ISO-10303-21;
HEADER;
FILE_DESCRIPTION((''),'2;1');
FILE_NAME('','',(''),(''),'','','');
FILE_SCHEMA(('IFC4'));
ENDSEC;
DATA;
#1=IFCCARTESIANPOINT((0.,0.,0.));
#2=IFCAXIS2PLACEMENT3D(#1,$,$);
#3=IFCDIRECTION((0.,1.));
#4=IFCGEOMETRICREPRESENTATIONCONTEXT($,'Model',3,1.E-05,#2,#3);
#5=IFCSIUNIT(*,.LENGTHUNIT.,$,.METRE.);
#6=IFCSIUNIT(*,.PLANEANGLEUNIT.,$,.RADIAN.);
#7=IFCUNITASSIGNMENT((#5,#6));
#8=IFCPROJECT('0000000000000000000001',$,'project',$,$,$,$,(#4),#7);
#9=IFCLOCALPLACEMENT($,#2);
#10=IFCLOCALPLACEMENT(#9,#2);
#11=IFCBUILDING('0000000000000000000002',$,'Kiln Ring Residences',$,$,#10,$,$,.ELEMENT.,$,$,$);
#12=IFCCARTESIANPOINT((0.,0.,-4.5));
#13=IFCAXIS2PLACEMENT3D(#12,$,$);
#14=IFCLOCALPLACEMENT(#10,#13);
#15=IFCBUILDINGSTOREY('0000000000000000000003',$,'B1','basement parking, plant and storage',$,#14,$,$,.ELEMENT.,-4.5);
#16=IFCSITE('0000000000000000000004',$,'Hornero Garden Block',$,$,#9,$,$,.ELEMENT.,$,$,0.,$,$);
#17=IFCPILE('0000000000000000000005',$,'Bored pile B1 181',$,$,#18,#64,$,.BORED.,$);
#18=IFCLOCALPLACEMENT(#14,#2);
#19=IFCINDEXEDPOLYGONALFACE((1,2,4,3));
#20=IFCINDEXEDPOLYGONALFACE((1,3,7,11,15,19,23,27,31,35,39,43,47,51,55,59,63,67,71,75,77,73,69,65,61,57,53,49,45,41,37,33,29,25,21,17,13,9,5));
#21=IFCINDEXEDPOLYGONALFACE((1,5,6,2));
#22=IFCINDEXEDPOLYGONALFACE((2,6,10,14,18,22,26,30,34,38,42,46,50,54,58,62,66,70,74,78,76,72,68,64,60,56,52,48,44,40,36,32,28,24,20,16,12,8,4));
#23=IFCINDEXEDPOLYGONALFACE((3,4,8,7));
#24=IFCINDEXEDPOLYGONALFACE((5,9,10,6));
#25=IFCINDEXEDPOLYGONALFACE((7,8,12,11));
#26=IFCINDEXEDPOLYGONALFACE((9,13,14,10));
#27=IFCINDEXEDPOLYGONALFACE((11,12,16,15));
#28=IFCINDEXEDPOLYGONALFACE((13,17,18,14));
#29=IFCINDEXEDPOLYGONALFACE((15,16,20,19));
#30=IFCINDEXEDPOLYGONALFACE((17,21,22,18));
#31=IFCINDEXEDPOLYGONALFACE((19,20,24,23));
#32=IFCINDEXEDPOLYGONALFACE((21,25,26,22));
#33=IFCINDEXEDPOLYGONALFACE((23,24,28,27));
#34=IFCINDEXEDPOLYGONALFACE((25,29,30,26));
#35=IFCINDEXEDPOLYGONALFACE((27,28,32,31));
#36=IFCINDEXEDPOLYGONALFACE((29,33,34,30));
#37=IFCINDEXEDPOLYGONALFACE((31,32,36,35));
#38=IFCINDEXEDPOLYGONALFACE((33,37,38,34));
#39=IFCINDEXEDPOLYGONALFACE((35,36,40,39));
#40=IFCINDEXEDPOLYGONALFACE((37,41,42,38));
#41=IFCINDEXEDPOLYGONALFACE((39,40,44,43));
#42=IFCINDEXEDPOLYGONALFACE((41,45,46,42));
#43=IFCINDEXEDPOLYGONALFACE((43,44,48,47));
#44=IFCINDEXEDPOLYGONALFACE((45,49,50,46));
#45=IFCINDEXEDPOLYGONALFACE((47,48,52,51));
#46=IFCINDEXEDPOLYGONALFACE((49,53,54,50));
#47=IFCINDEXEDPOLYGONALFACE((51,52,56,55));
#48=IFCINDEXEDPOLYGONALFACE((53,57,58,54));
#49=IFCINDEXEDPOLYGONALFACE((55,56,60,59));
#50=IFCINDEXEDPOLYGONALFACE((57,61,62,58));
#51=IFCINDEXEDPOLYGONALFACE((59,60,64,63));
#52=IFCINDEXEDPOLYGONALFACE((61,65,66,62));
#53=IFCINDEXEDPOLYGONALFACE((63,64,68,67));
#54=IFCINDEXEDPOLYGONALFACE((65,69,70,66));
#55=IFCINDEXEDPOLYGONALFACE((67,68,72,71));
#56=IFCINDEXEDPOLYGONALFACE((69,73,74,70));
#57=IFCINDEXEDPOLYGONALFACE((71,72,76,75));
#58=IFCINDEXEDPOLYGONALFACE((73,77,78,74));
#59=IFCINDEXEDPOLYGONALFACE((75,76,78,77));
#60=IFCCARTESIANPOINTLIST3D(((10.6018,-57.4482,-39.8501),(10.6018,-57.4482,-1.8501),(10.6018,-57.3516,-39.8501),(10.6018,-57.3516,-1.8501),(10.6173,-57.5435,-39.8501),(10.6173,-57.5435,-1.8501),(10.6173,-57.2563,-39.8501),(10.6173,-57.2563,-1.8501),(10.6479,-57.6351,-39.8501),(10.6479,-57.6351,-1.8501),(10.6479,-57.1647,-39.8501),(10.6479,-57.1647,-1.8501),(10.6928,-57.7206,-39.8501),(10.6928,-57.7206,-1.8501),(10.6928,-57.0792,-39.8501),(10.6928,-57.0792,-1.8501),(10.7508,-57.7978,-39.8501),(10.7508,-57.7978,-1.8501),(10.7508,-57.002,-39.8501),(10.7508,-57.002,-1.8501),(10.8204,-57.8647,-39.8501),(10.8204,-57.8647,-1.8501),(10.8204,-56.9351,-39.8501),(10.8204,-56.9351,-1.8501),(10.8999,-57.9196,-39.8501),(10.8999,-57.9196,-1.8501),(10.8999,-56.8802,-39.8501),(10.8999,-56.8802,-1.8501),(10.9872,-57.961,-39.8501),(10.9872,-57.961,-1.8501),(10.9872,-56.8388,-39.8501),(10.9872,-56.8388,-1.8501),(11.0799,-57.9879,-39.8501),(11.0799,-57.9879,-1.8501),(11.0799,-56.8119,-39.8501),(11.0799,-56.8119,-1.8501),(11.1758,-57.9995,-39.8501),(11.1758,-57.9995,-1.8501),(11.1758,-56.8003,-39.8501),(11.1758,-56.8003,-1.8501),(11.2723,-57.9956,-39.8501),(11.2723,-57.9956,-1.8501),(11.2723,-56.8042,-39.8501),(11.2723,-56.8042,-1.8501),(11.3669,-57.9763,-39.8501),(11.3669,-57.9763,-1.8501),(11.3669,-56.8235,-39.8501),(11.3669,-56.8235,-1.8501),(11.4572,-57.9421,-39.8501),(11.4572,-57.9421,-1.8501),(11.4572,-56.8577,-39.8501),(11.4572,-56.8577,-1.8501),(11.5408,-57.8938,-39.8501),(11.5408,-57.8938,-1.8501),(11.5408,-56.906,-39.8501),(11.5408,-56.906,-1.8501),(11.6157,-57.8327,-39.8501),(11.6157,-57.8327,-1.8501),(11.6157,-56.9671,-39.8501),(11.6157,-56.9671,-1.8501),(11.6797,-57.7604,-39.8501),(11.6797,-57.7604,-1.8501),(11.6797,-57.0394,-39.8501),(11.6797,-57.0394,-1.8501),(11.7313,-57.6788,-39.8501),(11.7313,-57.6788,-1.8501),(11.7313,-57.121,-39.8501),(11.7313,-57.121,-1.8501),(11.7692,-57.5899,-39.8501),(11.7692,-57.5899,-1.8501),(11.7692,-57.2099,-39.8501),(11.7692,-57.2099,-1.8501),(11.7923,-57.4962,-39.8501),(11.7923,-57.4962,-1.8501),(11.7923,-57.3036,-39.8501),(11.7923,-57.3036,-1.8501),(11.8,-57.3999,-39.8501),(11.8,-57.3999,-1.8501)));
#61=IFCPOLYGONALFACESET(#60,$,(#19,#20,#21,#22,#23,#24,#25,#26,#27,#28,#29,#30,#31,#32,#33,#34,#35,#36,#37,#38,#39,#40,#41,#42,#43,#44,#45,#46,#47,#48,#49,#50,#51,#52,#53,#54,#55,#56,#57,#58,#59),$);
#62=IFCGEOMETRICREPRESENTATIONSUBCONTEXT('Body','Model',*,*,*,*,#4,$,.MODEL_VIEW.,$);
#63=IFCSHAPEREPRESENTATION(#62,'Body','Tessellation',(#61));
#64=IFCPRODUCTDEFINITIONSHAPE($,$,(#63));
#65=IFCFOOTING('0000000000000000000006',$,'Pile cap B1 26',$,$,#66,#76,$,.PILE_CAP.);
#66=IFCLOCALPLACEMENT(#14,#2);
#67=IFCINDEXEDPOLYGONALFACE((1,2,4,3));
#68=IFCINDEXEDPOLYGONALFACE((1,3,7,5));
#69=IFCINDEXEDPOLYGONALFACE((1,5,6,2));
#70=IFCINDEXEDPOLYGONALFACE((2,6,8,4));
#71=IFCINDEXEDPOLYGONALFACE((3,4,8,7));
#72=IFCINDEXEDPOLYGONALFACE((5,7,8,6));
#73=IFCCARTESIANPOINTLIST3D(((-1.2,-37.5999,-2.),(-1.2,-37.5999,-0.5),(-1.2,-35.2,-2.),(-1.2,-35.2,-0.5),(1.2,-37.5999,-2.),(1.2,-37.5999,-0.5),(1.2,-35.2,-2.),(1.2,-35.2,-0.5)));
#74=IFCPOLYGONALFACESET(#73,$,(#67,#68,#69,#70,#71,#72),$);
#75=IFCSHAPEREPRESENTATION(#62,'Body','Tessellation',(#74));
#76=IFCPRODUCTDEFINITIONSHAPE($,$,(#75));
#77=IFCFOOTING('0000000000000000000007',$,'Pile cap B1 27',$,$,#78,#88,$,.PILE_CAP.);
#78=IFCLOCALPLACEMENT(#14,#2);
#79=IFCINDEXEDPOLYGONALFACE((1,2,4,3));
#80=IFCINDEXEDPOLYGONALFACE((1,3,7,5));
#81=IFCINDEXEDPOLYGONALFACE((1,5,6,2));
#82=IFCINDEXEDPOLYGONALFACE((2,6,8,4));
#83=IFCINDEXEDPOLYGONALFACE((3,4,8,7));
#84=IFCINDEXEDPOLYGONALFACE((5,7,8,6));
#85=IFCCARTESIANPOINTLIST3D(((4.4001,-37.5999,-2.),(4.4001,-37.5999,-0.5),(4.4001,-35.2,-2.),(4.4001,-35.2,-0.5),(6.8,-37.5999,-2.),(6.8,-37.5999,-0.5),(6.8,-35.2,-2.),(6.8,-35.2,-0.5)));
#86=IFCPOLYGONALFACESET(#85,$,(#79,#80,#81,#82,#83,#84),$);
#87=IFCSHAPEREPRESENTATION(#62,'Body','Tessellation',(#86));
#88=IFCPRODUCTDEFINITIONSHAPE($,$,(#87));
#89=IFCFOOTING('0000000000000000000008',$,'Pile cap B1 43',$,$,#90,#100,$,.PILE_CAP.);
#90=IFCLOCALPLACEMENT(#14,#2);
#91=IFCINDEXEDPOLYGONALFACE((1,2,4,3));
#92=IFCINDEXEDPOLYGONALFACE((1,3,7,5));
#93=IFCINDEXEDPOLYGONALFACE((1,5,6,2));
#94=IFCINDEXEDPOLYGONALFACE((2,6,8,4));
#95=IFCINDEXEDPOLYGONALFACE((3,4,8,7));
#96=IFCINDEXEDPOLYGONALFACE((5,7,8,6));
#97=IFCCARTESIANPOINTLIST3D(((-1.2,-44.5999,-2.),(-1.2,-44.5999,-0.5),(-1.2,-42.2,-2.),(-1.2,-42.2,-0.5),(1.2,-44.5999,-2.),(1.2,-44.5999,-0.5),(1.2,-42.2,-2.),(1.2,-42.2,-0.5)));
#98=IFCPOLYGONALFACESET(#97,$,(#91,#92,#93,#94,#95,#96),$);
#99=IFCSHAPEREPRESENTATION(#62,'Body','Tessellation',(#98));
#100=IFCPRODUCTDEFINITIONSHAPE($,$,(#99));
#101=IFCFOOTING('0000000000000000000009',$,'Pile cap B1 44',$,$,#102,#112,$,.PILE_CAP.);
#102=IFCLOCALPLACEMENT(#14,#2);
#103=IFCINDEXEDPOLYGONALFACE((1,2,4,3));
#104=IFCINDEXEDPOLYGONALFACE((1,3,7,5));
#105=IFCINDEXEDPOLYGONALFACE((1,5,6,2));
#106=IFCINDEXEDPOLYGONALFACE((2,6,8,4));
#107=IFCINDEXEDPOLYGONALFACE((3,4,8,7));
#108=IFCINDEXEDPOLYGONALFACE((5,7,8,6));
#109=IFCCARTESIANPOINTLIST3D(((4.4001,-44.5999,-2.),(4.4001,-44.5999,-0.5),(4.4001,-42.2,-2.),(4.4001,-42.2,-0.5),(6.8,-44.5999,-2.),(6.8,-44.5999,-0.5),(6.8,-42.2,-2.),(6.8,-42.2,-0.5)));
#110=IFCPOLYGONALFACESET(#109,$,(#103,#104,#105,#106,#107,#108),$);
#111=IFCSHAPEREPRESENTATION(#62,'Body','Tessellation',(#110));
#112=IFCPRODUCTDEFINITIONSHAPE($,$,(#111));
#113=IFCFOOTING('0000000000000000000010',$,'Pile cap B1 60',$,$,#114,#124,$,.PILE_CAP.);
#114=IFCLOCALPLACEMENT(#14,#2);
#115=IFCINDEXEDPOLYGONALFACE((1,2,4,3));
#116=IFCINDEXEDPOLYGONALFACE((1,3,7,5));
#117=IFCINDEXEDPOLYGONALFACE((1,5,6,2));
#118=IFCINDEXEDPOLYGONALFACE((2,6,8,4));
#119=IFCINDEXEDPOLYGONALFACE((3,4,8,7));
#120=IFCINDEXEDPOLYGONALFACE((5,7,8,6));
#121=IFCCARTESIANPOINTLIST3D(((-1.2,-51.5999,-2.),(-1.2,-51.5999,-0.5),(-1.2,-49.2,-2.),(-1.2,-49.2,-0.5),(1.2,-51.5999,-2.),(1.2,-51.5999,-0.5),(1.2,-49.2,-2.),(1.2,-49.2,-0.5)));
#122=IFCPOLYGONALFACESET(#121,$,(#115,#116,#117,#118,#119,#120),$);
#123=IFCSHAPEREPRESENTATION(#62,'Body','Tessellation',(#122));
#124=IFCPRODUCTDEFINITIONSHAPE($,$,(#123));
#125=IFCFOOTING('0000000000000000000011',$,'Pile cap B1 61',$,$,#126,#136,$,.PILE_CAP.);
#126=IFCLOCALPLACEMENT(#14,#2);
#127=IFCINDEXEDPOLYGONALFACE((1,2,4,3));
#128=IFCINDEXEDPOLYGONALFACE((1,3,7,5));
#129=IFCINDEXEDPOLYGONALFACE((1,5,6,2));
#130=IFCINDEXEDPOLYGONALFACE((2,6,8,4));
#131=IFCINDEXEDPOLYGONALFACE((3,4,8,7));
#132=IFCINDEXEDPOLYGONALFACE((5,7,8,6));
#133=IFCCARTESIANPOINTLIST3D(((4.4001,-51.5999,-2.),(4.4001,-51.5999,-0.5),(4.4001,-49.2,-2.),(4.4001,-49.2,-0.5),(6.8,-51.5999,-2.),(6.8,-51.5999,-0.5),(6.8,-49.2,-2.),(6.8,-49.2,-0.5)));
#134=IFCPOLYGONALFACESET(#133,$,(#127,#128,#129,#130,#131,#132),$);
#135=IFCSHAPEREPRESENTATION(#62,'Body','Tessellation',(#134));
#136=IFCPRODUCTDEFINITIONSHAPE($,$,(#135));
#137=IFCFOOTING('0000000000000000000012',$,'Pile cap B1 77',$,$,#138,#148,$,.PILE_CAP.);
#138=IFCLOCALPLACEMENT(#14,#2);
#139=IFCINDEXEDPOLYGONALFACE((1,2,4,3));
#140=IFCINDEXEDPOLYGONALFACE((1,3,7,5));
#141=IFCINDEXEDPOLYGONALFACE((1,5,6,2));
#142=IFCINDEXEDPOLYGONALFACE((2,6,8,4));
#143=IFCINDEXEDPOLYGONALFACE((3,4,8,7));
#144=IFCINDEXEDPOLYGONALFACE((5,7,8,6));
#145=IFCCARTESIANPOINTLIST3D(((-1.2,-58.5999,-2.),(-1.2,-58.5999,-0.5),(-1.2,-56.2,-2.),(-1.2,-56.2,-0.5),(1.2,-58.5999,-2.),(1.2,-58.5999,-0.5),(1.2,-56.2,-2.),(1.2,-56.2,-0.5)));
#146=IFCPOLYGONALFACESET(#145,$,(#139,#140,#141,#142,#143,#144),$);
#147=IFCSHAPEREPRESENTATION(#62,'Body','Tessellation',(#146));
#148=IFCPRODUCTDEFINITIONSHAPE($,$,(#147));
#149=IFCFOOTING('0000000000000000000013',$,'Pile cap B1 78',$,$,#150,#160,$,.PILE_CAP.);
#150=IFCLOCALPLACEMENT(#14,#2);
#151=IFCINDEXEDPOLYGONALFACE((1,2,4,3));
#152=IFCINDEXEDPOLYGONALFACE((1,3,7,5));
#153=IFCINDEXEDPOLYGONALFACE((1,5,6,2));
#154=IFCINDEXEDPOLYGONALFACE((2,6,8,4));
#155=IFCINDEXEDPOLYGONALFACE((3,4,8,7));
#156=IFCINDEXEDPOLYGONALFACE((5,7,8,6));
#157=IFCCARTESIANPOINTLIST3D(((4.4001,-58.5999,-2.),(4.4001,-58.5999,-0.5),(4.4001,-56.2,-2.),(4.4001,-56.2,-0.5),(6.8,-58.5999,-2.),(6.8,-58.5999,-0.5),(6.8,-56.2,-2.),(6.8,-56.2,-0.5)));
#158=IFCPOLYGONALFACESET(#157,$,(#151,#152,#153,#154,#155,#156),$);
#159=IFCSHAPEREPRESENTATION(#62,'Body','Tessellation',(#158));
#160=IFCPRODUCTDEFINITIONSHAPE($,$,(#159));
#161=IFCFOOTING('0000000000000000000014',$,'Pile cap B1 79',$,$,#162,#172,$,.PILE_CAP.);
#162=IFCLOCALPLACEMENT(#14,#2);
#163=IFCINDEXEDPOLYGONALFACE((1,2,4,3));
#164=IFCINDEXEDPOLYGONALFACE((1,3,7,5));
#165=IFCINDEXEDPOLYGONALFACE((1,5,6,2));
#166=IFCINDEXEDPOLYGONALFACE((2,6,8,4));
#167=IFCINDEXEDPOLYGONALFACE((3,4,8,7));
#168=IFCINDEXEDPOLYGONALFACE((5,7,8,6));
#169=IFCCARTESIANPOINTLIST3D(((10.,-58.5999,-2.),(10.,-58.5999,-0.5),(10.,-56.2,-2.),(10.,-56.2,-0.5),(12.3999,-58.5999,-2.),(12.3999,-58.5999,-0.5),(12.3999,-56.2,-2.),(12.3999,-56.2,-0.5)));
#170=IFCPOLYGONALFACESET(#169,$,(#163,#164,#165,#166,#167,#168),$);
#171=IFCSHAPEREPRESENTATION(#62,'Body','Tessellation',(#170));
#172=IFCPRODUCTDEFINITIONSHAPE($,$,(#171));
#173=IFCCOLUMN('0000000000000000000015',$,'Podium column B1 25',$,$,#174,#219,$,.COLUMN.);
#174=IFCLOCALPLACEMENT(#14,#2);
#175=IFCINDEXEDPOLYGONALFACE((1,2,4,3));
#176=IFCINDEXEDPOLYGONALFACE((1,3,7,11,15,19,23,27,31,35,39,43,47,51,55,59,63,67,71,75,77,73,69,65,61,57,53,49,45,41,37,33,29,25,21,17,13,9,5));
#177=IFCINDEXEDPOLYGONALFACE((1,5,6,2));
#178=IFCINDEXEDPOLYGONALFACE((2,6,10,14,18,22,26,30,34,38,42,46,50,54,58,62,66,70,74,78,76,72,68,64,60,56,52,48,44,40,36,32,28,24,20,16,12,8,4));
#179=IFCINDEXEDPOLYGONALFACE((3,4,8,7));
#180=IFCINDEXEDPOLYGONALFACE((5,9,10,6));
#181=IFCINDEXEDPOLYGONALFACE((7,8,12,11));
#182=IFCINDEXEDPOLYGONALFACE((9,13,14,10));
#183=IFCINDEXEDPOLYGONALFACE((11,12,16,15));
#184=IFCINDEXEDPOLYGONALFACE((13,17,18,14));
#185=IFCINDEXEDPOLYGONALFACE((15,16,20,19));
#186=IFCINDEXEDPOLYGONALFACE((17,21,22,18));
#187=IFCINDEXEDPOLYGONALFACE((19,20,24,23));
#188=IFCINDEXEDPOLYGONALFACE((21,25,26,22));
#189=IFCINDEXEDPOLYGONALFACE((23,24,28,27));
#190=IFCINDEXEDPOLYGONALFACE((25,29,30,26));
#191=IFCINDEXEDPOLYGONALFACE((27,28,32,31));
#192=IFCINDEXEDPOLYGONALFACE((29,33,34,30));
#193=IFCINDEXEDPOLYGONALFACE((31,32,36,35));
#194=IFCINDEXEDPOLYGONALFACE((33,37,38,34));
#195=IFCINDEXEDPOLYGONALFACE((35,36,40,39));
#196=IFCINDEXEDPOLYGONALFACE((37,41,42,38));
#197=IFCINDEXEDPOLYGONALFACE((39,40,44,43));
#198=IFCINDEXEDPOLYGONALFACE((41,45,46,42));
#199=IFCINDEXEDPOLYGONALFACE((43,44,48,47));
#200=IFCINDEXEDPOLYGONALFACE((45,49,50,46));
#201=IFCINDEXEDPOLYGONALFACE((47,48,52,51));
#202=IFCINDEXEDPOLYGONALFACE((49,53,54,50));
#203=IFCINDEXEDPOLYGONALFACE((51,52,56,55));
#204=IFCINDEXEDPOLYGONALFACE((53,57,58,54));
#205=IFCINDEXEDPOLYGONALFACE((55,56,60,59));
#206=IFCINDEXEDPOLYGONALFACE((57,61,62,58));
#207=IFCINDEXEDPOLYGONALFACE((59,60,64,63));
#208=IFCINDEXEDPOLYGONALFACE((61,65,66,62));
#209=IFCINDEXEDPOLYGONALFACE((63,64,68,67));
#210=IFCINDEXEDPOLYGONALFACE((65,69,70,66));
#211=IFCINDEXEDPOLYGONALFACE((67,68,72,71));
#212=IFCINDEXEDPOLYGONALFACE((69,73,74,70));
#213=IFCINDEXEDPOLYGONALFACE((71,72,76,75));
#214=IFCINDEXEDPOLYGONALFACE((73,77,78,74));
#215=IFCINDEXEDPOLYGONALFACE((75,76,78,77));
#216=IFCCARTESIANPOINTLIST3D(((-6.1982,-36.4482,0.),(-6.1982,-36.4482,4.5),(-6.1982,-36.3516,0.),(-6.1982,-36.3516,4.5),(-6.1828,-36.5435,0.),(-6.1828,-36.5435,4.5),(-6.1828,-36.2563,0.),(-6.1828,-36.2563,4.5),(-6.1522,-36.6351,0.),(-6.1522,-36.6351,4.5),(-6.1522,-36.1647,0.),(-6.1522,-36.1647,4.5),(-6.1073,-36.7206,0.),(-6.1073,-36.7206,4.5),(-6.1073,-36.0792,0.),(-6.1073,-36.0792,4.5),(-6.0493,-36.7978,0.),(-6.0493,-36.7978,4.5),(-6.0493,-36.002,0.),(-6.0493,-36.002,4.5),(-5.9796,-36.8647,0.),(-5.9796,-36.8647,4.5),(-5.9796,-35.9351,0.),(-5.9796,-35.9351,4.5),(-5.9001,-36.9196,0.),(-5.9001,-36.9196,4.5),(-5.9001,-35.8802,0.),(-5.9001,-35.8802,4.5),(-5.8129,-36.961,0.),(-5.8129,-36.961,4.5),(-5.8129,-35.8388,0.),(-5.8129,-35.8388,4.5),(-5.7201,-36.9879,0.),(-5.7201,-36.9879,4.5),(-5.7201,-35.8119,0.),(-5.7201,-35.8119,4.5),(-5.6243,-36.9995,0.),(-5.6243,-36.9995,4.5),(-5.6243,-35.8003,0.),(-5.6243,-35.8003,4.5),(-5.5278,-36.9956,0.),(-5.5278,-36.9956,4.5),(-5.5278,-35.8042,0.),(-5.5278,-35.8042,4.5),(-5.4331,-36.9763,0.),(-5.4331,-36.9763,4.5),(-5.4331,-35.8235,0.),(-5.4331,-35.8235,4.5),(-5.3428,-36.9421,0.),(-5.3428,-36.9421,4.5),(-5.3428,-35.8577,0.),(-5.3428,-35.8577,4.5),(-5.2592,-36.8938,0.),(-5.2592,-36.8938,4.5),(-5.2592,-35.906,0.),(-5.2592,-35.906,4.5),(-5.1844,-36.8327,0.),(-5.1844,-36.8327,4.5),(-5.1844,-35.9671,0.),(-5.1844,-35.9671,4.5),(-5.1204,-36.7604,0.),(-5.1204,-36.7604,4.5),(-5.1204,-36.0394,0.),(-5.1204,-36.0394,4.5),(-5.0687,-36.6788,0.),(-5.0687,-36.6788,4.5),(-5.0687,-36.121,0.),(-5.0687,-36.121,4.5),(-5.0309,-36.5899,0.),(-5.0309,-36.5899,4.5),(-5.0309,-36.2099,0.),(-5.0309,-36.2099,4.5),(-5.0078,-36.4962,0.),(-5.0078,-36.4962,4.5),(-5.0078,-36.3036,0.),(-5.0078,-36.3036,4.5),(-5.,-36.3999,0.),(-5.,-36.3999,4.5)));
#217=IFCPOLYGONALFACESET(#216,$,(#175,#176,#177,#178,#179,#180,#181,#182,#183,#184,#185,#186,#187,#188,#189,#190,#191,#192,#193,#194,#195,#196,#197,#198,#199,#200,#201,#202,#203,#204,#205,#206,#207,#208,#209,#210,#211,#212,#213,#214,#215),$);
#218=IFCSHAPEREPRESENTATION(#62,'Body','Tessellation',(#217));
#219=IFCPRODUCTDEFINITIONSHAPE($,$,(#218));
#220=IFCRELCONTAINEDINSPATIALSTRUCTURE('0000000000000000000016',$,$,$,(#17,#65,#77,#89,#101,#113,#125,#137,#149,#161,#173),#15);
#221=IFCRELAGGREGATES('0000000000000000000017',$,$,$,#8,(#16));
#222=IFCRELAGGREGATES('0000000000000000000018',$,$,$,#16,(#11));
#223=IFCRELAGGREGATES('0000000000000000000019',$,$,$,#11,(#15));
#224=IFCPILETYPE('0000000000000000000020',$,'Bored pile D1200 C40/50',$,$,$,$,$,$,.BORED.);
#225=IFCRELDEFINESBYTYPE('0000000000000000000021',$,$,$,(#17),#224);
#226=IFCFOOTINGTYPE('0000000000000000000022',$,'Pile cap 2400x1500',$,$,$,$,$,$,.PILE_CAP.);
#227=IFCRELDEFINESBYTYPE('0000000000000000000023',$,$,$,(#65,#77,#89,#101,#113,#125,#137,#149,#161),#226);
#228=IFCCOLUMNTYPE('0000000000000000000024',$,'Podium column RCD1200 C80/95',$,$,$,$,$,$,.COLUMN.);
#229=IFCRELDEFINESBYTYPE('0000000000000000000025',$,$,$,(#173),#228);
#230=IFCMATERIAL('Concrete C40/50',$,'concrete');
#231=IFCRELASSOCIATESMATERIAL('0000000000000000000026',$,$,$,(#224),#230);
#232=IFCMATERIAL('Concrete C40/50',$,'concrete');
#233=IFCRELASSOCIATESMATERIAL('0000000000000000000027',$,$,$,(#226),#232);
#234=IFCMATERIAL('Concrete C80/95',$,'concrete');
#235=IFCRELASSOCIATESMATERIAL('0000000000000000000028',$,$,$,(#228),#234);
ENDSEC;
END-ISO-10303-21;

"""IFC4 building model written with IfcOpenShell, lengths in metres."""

from ifc_helpers import new_model, si_unit, direction, frame, origin, origin_2d, place, context, subcontext, project, spatial, rectangle, circle, extrude, material, material_profile, profile_set, type_object, element, save


model = new_model("IFC4")

# Units and contexts
model_context = context("Model", 3, precision=1e-05, world=origin(), true_north=direction((0.0, 1.0)))
body_context = subcontext(model_context, "Body", "Model", "MODEL_VIEW")
ifc_project = project(units=[si_unit("LENGTHUNIT", "METRE"), si_unit("PLANEANGLEUNIT", "RADIAN")], contexts=[model_context])

# Site, building, storey
site_placement = place(None, origin())
site = spatial("IfcSite", under=ifc_project, at=site_placement, Name="Hornero Garden Block", CompositionType="ELEMENT", RefElevation=0.0)
building_placement = place(site_placement, origin())
building = spatial("IfcBuilding", under=site, at=building_placement, Name="Kiln Ring Residences", CompositionType="ELEMENT")
storey_placement = place(building_placement, frame((0.0, 0.0, -4.5)))
storey = spatial("IfcBuildingStorey", under=building, at=storey_placement, Name="B1", Description="basement parking, plant and storage", CompositionType="ELEMENT", Elevation=-4.5)

# Pile
ifc_material_1 = material(Name="Concrete C40/50", Category="concrete")
ifc_material_profile_1 = material_profile(ifc_material_1, circle(Radius=0.6001, at=origin_2d()), Name="BORED1200")
ifc_profile_set_1 = profile_set([ifc_material_profile_1], Name="Concrete C40/50")
pile_type = type_object("IfcPileType", Name="Bored pile D1200 C40/50", PredefinedType="BORED", material=ifc_profile_set_1)
for number, where, z_axis, x_axis, name in (
    (1, (11.2, -57.3999, -1.8501), (0.0, 0.0, -1.0), (1.0, 0.0, 0.0), "Bored pile B1 181"),
):
    element("IfcPile", number, at=place(storey_placement, frame(where, z_axis=z_axis, x_axis=x_axis)), inside=storey, type_object=pile_type, Name=name, PredefinedType="BORED", context=body_context, shape_type="SweptSolid", body=[
        extrude(circle(Radius=0.6001, at=origin_2d()), origin(), (0.0, 0.0, 1.0), 38.0),
    ])

# Footings
ifc_material_2 = material(Name="Concrete C40/50", Category="concrete")
footing_type = type_object("IfcFootingType", Name="Pile cap 2400x1500", PredefinedType="PILE_CAP", material=ifc_material_2)
for number, where, z_axis, x_axis, name in (
    (2, (0.0, -36.3999, -2.0), (0.0, 0.0, 1.0), (1.0, 0.0, 0.0), "Pile cap B1 26"),
    (3, (5.6001, -36.3999, -2.0), (0.0, 0.0, 1.0), (1.0, 0.0, 0.0), "Pile cap B1 27"),
    (4, (0.0, -43.3999, -2.0), (0.0, 0.0, 1.0), (1.0, 0.0, 0.0), "Pile cap B1 43"),
    (5, (5.6001, -43.3999, -2.0), (0.0, 0.0, 1.0), (1.0, 0.0, 0.0), "Pile cap B1 44"),
    (6, (0.0, -50.3999, -2.0), (0.0, 0.0, 1.0), (1.0, 0.0, 0.0), "Pile cap B1 60"),
    (7, (5.6001, -50.3999, -2.0), (0.0, 0.0, 1.0), (1.0, 0.0, 0.0), "Pile cap B1 61"),
    (8, (0.0, -57.3999, -2.0), (0.0, 0.0, 1.0), (1.0, 0.0, 0.0), "Pile cap B1 77"),
    (9, (5.6001, -57.3999, -2.0), (0.0, 0.0, 1.0), (1.0, 0.0, 0.0), "Pile cap B1 78"),
    (10, (11.2, -57.3999, -2.0), (0.0, 0.0, 1.0), (1.0, 0.0, 0.0), "Pile cap B1 79"),
):
    element("IfcFooting", number, at=place(storey_placement, frame(where, z_axis=z_axis, x_axis=x_axis)), inside=storey, type_object=footing_type, Name=name, PredefinedType="PILE_CAP", context=body_context, shape_type="SweptSolid", body=[
        extrude(rectangle(XDim=2.3999, YDim=2.3999, at=origin_2d()), origin(), (0.0, 0.0, 1.0), 1.5),
    ])

# Column
ifc_material_3 = material(Name="Concrete C80/95", Category="concrete")
ifc_material_profile_2 = material_profile(ifc_material_3, circle(Radius=0.6001, at=origin_2d()), Name="RCD1200")
ifc_profile_set_2 = profile_set([ifc_material_profile_2], Name="Concrete C80/95")
column_type = type_object("IfcColumnType", Name="Podium column RCD1200 C80/95", PredefinedType="COLUMN", material=ifc_profile_set_2)
for number, where, z_axis, x_axis, name in (
    (11, (-5.6001, -36.3999, 0.0), (0.0, 0.0, 1.0), (1.0, 0.0, 0.0), "Podium column B1 25"),
):
    element("IfcColumn", number, at=place(storey_placement, frame(where, z_axis=z_axis, x_axis=x_axis)), inside=storey, type_object=column_type, Name=name, PredefinedType="COLUMN", context=body_context, shape_type="SweptSolid", body=[
        extrude(circle(Radius=0.6001, at=origin_2d()), origin(), (0.0, 0.0, 1.0), 4.5),
    ])

save(model, "model.ifc")
